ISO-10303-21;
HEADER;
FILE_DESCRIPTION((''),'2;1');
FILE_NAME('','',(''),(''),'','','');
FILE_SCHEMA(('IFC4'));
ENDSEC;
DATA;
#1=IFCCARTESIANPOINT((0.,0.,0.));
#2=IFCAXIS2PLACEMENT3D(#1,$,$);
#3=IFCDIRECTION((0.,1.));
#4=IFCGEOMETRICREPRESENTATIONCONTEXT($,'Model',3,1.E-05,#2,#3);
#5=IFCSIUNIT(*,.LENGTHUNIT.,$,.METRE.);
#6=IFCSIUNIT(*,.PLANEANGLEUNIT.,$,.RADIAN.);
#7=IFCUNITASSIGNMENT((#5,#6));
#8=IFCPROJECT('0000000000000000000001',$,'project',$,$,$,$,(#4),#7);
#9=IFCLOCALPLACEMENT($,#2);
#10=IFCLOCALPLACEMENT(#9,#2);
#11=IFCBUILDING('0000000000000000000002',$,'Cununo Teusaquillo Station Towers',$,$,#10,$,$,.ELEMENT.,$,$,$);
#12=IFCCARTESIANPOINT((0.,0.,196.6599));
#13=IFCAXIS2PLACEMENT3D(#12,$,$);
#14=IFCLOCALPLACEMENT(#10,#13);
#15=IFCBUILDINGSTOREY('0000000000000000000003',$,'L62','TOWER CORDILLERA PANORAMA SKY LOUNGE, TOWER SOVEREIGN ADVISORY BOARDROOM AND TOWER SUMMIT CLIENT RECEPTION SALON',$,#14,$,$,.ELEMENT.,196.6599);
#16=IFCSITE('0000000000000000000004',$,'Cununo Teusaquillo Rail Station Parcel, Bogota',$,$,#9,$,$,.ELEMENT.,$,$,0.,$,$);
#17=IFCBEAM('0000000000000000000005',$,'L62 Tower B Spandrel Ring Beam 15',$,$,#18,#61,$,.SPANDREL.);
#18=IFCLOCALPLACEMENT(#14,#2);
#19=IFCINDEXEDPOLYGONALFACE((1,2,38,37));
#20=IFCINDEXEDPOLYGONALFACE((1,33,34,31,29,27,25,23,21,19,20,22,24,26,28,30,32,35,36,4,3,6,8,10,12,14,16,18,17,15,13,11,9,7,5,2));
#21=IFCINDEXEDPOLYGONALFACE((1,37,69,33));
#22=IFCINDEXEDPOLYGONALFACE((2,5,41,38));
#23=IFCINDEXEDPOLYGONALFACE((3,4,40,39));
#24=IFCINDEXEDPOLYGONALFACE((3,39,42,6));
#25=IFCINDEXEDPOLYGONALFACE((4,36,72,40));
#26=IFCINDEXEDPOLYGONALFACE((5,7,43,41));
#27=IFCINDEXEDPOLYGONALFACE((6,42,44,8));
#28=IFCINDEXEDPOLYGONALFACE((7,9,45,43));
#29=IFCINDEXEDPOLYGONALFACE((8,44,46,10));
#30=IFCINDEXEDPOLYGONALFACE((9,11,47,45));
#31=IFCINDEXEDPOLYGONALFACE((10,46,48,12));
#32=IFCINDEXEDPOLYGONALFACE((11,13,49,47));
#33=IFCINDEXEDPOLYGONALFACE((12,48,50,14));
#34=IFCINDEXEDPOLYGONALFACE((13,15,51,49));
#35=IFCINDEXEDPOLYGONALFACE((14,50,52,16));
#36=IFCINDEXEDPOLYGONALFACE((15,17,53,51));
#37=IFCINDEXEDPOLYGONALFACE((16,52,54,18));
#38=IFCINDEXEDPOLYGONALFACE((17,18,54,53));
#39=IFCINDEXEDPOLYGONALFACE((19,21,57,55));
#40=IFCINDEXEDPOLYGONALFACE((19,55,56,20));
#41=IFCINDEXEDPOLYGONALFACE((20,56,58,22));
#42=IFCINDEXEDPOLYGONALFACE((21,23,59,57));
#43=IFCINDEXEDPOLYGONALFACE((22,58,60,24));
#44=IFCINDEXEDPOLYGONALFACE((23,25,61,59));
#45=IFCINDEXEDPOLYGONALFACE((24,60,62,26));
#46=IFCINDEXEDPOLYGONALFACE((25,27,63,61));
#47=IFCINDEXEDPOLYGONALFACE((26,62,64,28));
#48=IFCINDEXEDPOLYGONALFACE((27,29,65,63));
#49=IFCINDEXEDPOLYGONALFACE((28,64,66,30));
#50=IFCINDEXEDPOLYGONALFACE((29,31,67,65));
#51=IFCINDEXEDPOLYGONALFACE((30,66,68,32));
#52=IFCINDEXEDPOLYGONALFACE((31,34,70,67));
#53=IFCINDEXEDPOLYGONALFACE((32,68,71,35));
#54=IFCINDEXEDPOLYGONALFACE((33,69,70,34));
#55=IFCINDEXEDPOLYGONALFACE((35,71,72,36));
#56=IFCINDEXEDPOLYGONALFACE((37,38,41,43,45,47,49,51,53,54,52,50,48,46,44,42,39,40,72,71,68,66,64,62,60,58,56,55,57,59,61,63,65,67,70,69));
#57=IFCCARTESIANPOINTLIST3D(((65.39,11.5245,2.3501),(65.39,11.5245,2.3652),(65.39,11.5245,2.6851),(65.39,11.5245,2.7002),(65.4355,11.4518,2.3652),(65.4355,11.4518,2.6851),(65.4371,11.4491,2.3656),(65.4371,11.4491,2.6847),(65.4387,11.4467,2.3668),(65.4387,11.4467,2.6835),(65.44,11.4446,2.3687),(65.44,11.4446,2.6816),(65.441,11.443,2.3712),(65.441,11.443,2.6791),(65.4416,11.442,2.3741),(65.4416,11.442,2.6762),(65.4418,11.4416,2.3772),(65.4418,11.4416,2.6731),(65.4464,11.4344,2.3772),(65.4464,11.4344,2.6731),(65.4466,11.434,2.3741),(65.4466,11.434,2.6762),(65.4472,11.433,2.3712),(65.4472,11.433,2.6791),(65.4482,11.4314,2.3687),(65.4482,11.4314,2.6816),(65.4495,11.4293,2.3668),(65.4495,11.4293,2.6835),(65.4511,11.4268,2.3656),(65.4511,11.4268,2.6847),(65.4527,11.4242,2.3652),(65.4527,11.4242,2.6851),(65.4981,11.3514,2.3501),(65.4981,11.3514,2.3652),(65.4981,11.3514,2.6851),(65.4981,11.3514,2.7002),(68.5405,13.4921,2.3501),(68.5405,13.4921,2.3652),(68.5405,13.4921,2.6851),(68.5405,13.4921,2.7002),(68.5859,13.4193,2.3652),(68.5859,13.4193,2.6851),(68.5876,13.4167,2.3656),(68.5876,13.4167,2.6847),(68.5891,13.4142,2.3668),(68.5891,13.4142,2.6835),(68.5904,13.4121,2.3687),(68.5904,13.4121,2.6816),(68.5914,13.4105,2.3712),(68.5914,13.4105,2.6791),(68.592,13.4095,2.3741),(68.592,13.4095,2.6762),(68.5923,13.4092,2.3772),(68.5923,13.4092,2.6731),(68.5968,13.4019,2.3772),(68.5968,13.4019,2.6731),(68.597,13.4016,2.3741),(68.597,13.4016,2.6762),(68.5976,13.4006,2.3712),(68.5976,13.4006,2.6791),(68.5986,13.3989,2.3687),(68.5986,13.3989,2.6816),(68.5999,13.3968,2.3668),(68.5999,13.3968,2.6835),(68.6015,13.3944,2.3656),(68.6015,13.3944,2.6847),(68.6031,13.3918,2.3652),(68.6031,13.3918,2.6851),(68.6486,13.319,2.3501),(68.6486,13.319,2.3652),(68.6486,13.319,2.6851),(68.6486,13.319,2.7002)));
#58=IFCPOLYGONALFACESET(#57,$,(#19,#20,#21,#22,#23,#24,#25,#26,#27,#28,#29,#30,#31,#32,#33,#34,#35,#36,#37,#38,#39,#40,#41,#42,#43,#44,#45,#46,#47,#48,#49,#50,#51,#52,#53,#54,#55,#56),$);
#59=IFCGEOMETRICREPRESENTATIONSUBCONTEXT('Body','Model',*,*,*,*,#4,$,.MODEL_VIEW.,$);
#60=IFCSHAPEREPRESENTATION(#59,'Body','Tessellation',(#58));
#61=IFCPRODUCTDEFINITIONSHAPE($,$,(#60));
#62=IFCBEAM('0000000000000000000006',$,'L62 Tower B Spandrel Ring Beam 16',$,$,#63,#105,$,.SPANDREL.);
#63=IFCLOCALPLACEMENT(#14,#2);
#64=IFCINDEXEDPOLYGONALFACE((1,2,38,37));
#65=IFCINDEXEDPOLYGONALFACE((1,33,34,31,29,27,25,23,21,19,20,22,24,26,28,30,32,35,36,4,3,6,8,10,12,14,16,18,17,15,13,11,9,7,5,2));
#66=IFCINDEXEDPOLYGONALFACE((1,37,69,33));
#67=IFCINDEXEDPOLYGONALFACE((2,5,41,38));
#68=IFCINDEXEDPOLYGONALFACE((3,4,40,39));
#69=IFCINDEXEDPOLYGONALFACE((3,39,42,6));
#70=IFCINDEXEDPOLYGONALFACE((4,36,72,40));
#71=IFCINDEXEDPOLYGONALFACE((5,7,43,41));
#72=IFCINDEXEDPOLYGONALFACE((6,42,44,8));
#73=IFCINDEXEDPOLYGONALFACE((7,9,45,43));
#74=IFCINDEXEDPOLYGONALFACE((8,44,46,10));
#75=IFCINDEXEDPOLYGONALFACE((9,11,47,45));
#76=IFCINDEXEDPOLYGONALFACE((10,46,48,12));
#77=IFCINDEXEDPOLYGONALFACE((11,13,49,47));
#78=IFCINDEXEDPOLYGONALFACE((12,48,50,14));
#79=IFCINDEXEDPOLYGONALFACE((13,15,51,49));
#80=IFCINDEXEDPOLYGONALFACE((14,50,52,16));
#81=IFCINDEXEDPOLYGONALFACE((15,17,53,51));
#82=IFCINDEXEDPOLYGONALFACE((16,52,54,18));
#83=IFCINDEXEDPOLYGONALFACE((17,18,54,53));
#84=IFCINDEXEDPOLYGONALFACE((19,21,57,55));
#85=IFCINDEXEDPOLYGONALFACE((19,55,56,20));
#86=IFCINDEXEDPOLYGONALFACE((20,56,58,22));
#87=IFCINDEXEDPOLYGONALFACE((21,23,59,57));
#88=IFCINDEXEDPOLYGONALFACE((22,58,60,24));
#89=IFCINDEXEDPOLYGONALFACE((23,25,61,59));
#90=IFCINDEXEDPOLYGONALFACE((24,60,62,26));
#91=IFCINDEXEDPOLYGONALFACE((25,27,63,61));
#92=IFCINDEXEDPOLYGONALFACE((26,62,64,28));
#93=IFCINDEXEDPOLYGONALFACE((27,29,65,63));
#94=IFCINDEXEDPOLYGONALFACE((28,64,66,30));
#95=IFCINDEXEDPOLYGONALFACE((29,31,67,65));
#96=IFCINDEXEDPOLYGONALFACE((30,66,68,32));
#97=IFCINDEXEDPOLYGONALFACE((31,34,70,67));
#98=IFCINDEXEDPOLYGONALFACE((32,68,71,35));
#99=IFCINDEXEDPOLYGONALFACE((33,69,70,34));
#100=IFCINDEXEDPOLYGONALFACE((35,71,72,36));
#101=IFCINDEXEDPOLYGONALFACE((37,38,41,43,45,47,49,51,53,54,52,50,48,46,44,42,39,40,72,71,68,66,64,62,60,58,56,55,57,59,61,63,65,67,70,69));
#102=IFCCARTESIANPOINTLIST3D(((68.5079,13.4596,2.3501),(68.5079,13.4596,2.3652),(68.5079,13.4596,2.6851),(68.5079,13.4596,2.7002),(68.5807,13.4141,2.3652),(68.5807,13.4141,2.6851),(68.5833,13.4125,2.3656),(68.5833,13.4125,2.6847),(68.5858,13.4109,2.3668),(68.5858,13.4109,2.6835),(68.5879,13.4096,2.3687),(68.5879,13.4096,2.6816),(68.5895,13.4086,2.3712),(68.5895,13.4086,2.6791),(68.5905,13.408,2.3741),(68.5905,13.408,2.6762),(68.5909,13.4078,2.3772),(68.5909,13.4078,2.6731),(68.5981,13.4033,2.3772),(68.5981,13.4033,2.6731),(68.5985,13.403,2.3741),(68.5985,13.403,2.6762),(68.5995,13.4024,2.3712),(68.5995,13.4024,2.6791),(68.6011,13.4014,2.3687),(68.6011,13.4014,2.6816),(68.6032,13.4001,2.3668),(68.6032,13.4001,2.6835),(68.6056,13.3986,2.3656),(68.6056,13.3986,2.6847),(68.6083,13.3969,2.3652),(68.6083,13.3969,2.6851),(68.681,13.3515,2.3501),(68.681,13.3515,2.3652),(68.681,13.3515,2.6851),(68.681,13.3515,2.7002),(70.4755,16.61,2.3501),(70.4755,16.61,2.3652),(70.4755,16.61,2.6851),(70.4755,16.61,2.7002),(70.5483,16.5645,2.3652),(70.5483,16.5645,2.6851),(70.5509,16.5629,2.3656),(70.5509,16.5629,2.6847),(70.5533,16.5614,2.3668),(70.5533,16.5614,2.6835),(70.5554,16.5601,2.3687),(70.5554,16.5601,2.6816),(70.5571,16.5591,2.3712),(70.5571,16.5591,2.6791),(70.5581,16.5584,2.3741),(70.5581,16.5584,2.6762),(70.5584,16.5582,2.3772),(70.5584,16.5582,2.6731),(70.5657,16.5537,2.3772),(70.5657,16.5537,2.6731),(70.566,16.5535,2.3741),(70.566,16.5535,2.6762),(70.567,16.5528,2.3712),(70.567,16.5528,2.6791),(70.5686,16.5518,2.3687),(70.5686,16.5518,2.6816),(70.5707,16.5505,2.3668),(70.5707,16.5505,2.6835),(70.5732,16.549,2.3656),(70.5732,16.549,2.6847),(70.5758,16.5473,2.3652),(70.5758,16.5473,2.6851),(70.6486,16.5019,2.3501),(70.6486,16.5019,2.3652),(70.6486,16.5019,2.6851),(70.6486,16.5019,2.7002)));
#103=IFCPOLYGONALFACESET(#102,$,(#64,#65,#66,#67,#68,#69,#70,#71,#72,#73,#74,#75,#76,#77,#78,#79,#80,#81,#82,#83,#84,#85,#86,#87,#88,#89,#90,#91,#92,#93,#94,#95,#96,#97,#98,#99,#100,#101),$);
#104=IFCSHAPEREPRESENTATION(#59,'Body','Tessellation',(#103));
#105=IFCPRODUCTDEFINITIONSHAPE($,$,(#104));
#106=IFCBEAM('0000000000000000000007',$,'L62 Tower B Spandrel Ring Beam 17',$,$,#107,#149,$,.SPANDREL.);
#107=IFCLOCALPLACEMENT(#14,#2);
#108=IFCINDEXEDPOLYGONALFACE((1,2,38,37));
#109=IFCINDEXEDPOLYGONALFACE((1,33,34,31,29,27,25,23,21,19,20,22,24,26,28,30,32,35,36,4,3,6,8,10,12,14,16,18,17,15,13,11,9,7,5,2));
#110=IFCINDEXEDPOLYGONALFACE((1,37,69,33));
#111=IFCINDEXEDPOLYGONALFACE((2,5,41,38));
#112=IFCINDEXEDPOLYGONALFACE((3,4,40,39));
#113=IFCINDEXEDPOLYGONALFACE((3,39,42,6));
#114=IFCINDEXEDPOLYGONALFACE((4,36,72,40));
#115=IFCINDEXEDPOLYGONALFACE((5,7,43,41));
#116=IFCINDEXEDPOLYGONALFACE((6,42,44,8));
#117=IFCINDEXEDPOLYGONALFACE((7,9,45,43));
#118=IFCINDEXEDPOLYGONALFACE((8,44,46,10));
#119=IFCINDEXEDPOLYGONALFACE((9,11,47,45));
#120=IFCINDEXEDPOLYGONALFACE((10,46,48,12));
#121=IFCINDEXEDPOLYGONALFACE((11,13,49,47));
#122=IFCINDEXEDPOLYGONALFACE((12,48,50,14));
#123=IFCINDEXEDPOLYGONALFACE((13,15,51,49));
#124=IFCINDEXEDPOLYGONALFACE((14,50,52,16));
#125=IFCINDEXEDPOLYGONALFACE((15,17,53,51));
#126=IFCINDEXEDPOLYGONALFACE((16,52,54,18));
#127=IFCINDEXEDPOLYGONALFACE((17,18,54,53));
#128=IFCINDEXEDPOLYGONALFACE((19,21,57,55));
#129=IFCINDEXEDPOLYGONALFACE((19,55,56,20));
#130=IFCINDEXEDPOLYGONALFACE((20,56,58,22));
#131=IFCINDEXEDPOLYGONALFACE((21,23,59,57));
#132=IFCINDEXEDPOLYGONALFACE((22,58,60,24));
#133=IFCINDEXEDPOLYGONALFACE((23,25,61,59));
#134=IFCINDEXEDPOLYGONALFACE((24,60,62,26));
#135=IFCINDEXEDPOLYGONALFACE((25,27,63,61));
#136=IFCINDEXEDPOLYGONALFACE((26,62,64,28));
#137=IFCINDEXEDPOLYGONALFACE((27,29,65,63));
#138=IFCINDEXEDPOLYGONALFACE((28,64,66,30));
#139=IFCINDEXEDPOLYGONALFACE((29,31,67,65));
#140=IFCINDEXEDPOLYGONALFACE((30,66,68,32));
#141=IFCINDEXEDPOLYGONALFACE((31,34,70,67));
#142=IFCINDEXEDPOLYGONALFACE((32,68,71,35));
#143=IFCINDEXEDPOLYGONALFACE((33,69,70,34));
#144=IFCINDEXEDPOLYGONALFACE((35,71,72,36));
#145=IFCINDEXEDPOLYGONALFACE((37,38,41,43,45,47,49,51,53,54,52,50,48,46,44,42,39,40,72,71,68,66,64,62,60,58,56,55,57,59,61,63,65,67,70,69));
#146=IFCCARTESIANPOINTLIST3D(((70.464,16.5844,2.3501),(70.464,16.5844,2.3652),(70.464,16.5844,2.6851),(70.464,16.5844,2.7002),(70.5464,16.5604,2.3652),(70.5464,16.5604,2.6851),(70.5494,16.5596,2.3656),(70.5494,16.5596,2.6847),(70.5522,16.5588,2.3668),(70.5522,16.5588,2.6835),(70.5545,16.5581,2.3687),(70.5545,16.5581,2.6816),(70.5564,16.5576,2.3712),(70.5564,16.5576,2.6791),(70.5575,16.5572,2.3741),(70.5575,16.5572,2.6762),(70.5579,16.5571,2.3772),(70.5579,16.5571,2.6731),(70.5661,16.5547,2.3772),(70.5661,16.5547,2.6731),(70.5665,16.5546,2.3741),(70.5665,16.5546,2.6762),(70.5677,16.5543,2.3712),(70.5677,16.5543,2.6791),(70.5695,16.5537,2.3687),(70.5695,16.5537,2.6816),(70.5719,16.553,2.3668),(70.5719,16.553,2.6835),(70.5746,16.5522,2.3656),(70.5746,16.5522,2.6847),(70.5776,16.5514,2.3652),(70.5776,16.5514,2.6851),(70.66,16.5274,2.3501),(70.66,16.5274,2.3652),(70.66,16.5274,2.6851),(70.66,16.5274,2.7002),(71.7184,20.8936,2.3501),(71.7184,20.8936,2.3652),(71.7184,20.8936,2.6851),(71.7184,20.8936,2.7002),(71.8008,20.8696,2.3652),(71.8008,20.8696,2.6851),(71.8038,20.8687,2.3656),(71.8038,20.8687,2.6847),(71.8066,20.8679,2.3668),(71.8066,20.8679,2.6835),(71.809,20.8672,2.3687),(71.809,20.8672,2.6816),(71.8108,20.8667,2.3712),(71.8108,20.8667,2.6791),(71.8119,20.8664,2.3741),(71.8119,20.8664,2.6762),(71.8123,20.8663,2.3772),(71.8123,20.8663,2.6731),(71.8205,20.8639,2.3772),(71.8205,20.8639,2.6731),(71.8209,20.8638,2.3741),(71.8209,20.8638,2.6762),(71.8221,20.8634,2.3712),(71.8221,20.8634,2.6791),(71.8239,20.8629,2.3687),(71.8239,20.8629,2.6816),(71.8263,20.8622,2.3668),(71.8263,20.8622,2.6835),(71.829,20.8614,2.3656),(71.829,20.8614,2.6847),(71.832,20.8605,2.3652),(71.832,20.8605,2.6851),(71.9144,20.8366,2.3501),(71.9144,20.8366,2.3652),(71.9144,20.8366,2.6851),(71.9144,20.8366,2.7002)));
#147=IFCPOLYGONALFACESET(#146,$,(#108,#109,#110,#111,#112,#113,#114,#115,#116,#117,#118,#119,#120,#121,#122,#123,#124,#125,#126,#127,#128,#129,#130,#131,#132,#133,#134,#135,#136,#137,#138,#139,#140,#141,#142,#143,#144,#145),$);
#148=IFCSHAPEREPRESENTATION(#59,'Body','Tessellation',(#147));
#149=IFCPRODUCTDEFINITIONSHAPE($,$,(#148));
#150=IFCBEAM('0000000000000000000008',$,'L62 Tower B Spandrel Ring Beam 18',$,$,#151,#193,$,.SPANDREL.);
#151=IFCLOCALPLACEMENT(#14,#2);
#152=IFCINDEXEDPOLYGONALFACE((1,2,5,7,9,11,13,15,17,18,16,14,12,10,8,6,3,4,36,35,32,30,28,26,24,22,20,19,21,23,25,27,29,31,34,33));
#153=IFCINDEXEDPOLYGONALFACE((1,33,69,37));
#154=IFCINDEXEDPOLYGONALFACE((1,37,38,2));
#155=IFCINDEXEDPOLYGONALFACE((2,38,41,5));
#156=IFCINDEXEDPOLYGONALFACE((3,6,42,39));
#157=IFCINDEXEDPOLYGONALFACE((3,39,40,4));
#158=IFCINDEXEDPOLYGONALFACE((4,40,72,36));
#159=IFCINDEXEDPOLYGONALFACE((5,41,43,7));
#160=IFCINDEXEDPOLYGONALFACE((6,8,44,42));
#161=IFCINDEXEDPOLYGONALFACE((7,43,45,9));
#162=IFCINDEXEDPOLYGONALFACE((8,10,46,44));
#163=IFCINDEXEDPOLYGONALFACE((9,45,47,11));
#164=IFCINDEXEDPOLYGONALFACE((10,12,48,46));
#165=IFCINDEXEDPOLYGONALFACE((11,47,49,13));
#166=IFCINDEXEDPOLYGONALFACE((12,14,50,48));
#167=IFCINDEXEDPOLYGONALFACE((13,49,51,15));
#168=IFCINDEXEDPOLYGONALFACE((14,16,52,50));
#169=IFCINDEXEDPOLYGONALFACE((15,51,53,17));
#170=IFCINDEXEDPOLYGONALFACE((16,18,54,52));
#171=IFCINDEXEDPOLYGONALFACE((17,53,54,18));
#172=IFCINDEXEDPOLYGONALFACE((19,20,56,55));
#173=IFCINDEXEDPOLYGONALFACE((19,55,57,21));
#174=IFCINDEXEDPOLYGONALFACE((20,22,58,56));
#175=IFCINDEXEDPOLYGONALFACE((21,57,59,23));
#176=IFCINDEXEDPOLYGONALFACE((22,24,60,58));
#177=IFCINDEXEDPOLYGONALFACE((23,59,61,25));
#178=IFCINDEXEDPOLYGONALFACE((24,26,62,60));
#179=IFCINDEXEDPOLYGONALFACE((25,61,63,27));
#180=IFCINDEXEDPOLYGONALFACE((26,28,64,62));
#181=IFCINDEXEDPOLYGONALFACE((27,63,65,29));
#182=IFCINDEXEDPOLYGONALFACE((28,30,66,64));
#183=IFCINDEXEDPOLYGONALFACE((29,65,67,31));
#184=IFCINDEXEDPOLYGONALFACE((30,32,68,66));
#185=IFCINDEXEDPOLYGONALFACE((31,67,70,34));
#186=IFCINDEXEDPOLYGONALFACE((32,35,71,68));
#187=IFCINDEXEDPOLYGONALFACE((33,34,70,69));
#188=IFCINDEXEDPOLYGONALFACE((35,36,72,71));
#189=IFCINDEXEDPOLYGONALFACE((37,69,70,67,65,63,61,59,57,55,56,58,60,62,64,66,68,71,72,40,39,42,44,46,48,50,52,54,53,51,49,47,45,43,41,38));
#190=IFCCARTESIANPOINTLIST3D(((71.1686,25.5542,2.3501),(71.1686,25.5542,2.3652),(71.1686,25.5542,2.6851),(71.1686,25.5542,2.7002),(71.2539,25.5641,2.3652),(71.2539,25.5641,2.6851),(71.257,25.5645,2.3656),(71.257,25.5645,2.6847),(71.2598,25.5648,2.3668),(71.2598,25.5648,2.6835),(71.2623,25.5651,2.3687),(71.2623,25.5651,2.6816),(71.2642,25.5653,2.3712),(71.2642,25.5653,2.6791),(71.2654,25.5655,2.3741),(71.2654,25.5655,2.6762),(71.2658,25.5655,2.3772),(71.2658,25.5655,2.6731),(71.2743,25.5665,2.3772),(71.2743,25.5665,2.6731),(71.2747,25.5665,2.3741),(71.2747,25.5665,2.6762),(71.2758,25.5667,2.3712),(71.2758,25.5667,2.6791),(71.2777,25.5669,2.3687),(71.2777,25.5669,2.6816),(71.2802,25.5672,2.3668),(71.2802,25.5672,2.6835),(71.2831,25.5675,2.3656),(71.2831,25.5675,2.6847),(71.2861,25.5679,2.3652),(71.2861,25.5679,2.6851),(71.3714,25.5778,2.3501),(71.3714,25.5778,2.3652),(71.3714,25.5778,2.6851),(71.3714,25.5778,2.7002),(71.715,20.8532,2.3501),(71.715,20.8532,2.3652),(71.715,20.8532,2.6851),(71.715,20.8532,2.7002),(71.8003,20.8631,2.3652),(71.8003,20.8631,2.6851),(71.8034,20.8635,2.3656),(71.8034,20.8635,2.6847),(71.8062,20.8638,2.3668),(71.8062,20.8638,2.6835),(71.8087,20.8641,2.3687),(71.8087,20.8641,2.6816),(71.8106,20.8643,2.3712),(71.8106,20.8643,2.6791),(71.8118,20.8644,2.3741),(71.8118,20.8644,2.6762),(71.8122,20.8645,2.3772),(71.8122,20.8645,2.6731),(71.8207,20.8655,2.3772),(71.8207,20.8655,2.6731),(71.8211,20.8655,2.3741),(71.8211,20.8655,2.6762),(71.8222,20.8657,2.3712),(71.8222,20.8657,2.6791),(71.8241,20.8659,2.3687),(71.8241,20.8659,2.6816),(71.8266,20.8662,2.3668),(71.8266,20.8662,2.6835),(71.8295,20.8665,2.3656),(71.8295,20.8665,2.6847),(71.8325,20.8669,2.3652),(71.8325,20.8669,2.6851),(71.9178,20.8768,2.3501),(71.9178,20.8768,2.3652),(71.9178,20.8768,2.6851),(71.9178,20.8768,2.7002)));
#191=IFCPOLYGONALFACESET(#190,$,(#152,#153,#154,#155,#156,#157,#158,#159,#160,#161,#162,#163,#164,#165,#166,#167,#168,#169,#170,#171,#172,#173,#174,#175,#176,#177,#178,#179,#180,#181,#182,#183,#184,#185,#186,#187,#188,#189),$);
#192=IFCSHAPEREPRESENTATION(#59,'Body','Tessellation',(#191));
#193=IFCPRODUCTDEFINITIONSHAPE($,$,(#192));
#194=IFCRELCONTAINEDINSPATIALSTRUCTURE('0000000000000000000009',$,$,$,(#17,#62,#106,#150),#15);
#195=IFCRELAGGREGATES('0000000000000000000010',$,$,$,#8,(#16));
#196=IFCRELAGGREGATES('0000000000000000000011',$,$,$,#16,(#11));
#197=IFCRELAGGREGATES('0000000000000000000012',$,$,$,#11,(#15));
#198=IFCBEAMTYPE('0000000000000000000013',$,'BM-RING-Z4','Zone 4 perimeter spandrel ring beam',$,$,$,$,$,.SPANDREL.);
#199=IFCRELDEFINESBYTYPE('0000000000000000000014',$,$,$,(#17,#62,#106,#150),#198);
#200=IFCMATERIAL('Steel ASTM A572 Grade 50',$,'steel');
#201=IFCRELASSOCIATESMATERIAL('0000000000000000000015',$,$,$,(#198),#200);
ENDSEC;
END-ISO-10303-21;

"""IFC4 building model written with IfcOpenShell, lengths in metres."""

from ifc_helpers import new_model, si_unit, direction, frame, origin, origin_2d, place, context, subcontext, project, spatial, i_section, extrude, material, material_profile, profile_set, type_object, element, save


model = new_model("IFC4")

# Units and contexts
model_context = context("Model", 3, precision=1e-05, world=origin(), true_north=direction((0.0, 1.0)))
body_context = subcontext(model_context, "Body", "Model", "MODEL_VIEW")
ifc_project = project(units=[si_unit("LENGTHUNIT", "METRE"), si_unit("PLANEANGLEUNIT", "RADIAN")], contexts=[model_context])

# Site, building, storey
site_placement = place(None, origin())
site = spatial("IfcSite", under=ifc_project, at=site_placement, Name="Cununo Teusaquillo Rail Station Parcel, Bogota", CompositionType="ELEMENT", RefElevation=0.0)
building_placement = place(site_placement, origin())
building = spatial("IfcBuilding", under=site, at=building_placement, Name="Cununo Teusaquillo Station Towers", CompositionType="ELEMENT")
storey_placement = place(building_placement, frame((0.0, 0.0, 196.6599)))
storey = spatial("IfcBuildingStorey", under=building, at=storey_placement, Name="L62", Description="TOWER CORDILLERA PANORAMA SKY LOUNGE, TOWER SOVEREIGN ADVISORY BOARDROOM AND TOWER SUMMIT CLIENT RECEPTION SALON", CompositionType="ELEMENT", Elevation=196.6599)

# Beams
ifc_material_1 = material(Name="Steel ASTM A572 Grade 50", Category="steel")
ifc_material_profile_1 = material_profile(ifc_material_1, i_section(OverallWidth=0.2041, OverallDepth=0.3501, WebThickness=0.0085, FlangeThickness=0.0151, FilletRadius=0.012, at=origin_2d()), Name="W14X48")
ifc_profile_set_1 = profile_set([ifc_material_profile_1], Name="Steel ASTM A572 Grade 50")
beam_type_1 = type_object("IfcBeamType", Name="BM-RING-Z4", Description="Zone 4 perimeter spandrel ring beam", PredefinedType="SPANDREL", material=ifc_profile_set_1)
for number, where, z_axis, x_axis, name in (
    (1, (65.4441, 11.438, 2.5251), (0.848176, 0.529715, 0.0), (-0.529715, 0.848176, 0.0), "L62 Tower B Spandrel Ring Beam 15"),
    (2, (68.5945, 13.4055, 2.5251), (0.529715, 0.848176, 0.0), (-0.848176, 0.529715, 0.0), "L62 Tower B Spandrel Ring Beam 16"),
):
    element("IfcBeam", number, at=place(storey_placement, frame(where, z_axis=z_axis, x_axis=x_axis)), inside=storey, type_object=beam_type_1, Name=name, PredefinedType="SPANDREL", context=body_context, shape_type="SweptSolid", body=[
        extrude(i_section(OverallWidth=0.2041, OverallDepth=0.3501, WebThickness=0.0085, FlangeThickness=0.0151, FilletRadius=0.012, at=origin_2d()), origin(), (0.0, 0.0, 1.0), 3.7144),
    ])
beam_1_placement = place(storey_placement, frame((70.562, 16.5559, 2.5251), z_axis=(0.279503, 0.960145, 0.0), x_axis=(-0.960145, 0.279503, 0.0)))
element("IfcBeam", 3, at=beam_1_placement, inside=storey, type_object=beam_type_1, Name="L62 Tower B Spandrel Ring Beam 17", PredefinedType="SPANDREL", context=body_context, shape_type="SweptSolid", body=[
    extrude(i_section(OverallWidth=0.2041, OverallDepth=0.3501, WebThickness=0.0085, FlangeThickness=0.0151, FilletRadius=0.012, at=origin_2d()), origin(), (0.0, 0.0, 1.0), 4.488),
])
beam_2_placement = place(storey_placement, frame((71.8164, 20.865, 2.5251), z_axis=(-0.115452, 0.993313, 0.0), x_axis=(-0.993313, -0.115452, 0.0)))
element("IfcBeam", 4, at=beam_2_placement, inside=storey, type_object=beam_type_1, Name="L62 Tower B Spandrel Ring Beam 18", PredefinedType="SPANDREL", context=body_context, shape_type="SweptSolid", body=[
    extrude(i_section(OverallWidth=0.2041, OverallDepth=0.3501, WebThickness=0.0085, FlangeThickness=0.0151, FilletRadius=0.012, at=origin_2d()), origin(), (0.0, 0.0, 1.0), 4.7327),
])

save(model, "model.ifc")
